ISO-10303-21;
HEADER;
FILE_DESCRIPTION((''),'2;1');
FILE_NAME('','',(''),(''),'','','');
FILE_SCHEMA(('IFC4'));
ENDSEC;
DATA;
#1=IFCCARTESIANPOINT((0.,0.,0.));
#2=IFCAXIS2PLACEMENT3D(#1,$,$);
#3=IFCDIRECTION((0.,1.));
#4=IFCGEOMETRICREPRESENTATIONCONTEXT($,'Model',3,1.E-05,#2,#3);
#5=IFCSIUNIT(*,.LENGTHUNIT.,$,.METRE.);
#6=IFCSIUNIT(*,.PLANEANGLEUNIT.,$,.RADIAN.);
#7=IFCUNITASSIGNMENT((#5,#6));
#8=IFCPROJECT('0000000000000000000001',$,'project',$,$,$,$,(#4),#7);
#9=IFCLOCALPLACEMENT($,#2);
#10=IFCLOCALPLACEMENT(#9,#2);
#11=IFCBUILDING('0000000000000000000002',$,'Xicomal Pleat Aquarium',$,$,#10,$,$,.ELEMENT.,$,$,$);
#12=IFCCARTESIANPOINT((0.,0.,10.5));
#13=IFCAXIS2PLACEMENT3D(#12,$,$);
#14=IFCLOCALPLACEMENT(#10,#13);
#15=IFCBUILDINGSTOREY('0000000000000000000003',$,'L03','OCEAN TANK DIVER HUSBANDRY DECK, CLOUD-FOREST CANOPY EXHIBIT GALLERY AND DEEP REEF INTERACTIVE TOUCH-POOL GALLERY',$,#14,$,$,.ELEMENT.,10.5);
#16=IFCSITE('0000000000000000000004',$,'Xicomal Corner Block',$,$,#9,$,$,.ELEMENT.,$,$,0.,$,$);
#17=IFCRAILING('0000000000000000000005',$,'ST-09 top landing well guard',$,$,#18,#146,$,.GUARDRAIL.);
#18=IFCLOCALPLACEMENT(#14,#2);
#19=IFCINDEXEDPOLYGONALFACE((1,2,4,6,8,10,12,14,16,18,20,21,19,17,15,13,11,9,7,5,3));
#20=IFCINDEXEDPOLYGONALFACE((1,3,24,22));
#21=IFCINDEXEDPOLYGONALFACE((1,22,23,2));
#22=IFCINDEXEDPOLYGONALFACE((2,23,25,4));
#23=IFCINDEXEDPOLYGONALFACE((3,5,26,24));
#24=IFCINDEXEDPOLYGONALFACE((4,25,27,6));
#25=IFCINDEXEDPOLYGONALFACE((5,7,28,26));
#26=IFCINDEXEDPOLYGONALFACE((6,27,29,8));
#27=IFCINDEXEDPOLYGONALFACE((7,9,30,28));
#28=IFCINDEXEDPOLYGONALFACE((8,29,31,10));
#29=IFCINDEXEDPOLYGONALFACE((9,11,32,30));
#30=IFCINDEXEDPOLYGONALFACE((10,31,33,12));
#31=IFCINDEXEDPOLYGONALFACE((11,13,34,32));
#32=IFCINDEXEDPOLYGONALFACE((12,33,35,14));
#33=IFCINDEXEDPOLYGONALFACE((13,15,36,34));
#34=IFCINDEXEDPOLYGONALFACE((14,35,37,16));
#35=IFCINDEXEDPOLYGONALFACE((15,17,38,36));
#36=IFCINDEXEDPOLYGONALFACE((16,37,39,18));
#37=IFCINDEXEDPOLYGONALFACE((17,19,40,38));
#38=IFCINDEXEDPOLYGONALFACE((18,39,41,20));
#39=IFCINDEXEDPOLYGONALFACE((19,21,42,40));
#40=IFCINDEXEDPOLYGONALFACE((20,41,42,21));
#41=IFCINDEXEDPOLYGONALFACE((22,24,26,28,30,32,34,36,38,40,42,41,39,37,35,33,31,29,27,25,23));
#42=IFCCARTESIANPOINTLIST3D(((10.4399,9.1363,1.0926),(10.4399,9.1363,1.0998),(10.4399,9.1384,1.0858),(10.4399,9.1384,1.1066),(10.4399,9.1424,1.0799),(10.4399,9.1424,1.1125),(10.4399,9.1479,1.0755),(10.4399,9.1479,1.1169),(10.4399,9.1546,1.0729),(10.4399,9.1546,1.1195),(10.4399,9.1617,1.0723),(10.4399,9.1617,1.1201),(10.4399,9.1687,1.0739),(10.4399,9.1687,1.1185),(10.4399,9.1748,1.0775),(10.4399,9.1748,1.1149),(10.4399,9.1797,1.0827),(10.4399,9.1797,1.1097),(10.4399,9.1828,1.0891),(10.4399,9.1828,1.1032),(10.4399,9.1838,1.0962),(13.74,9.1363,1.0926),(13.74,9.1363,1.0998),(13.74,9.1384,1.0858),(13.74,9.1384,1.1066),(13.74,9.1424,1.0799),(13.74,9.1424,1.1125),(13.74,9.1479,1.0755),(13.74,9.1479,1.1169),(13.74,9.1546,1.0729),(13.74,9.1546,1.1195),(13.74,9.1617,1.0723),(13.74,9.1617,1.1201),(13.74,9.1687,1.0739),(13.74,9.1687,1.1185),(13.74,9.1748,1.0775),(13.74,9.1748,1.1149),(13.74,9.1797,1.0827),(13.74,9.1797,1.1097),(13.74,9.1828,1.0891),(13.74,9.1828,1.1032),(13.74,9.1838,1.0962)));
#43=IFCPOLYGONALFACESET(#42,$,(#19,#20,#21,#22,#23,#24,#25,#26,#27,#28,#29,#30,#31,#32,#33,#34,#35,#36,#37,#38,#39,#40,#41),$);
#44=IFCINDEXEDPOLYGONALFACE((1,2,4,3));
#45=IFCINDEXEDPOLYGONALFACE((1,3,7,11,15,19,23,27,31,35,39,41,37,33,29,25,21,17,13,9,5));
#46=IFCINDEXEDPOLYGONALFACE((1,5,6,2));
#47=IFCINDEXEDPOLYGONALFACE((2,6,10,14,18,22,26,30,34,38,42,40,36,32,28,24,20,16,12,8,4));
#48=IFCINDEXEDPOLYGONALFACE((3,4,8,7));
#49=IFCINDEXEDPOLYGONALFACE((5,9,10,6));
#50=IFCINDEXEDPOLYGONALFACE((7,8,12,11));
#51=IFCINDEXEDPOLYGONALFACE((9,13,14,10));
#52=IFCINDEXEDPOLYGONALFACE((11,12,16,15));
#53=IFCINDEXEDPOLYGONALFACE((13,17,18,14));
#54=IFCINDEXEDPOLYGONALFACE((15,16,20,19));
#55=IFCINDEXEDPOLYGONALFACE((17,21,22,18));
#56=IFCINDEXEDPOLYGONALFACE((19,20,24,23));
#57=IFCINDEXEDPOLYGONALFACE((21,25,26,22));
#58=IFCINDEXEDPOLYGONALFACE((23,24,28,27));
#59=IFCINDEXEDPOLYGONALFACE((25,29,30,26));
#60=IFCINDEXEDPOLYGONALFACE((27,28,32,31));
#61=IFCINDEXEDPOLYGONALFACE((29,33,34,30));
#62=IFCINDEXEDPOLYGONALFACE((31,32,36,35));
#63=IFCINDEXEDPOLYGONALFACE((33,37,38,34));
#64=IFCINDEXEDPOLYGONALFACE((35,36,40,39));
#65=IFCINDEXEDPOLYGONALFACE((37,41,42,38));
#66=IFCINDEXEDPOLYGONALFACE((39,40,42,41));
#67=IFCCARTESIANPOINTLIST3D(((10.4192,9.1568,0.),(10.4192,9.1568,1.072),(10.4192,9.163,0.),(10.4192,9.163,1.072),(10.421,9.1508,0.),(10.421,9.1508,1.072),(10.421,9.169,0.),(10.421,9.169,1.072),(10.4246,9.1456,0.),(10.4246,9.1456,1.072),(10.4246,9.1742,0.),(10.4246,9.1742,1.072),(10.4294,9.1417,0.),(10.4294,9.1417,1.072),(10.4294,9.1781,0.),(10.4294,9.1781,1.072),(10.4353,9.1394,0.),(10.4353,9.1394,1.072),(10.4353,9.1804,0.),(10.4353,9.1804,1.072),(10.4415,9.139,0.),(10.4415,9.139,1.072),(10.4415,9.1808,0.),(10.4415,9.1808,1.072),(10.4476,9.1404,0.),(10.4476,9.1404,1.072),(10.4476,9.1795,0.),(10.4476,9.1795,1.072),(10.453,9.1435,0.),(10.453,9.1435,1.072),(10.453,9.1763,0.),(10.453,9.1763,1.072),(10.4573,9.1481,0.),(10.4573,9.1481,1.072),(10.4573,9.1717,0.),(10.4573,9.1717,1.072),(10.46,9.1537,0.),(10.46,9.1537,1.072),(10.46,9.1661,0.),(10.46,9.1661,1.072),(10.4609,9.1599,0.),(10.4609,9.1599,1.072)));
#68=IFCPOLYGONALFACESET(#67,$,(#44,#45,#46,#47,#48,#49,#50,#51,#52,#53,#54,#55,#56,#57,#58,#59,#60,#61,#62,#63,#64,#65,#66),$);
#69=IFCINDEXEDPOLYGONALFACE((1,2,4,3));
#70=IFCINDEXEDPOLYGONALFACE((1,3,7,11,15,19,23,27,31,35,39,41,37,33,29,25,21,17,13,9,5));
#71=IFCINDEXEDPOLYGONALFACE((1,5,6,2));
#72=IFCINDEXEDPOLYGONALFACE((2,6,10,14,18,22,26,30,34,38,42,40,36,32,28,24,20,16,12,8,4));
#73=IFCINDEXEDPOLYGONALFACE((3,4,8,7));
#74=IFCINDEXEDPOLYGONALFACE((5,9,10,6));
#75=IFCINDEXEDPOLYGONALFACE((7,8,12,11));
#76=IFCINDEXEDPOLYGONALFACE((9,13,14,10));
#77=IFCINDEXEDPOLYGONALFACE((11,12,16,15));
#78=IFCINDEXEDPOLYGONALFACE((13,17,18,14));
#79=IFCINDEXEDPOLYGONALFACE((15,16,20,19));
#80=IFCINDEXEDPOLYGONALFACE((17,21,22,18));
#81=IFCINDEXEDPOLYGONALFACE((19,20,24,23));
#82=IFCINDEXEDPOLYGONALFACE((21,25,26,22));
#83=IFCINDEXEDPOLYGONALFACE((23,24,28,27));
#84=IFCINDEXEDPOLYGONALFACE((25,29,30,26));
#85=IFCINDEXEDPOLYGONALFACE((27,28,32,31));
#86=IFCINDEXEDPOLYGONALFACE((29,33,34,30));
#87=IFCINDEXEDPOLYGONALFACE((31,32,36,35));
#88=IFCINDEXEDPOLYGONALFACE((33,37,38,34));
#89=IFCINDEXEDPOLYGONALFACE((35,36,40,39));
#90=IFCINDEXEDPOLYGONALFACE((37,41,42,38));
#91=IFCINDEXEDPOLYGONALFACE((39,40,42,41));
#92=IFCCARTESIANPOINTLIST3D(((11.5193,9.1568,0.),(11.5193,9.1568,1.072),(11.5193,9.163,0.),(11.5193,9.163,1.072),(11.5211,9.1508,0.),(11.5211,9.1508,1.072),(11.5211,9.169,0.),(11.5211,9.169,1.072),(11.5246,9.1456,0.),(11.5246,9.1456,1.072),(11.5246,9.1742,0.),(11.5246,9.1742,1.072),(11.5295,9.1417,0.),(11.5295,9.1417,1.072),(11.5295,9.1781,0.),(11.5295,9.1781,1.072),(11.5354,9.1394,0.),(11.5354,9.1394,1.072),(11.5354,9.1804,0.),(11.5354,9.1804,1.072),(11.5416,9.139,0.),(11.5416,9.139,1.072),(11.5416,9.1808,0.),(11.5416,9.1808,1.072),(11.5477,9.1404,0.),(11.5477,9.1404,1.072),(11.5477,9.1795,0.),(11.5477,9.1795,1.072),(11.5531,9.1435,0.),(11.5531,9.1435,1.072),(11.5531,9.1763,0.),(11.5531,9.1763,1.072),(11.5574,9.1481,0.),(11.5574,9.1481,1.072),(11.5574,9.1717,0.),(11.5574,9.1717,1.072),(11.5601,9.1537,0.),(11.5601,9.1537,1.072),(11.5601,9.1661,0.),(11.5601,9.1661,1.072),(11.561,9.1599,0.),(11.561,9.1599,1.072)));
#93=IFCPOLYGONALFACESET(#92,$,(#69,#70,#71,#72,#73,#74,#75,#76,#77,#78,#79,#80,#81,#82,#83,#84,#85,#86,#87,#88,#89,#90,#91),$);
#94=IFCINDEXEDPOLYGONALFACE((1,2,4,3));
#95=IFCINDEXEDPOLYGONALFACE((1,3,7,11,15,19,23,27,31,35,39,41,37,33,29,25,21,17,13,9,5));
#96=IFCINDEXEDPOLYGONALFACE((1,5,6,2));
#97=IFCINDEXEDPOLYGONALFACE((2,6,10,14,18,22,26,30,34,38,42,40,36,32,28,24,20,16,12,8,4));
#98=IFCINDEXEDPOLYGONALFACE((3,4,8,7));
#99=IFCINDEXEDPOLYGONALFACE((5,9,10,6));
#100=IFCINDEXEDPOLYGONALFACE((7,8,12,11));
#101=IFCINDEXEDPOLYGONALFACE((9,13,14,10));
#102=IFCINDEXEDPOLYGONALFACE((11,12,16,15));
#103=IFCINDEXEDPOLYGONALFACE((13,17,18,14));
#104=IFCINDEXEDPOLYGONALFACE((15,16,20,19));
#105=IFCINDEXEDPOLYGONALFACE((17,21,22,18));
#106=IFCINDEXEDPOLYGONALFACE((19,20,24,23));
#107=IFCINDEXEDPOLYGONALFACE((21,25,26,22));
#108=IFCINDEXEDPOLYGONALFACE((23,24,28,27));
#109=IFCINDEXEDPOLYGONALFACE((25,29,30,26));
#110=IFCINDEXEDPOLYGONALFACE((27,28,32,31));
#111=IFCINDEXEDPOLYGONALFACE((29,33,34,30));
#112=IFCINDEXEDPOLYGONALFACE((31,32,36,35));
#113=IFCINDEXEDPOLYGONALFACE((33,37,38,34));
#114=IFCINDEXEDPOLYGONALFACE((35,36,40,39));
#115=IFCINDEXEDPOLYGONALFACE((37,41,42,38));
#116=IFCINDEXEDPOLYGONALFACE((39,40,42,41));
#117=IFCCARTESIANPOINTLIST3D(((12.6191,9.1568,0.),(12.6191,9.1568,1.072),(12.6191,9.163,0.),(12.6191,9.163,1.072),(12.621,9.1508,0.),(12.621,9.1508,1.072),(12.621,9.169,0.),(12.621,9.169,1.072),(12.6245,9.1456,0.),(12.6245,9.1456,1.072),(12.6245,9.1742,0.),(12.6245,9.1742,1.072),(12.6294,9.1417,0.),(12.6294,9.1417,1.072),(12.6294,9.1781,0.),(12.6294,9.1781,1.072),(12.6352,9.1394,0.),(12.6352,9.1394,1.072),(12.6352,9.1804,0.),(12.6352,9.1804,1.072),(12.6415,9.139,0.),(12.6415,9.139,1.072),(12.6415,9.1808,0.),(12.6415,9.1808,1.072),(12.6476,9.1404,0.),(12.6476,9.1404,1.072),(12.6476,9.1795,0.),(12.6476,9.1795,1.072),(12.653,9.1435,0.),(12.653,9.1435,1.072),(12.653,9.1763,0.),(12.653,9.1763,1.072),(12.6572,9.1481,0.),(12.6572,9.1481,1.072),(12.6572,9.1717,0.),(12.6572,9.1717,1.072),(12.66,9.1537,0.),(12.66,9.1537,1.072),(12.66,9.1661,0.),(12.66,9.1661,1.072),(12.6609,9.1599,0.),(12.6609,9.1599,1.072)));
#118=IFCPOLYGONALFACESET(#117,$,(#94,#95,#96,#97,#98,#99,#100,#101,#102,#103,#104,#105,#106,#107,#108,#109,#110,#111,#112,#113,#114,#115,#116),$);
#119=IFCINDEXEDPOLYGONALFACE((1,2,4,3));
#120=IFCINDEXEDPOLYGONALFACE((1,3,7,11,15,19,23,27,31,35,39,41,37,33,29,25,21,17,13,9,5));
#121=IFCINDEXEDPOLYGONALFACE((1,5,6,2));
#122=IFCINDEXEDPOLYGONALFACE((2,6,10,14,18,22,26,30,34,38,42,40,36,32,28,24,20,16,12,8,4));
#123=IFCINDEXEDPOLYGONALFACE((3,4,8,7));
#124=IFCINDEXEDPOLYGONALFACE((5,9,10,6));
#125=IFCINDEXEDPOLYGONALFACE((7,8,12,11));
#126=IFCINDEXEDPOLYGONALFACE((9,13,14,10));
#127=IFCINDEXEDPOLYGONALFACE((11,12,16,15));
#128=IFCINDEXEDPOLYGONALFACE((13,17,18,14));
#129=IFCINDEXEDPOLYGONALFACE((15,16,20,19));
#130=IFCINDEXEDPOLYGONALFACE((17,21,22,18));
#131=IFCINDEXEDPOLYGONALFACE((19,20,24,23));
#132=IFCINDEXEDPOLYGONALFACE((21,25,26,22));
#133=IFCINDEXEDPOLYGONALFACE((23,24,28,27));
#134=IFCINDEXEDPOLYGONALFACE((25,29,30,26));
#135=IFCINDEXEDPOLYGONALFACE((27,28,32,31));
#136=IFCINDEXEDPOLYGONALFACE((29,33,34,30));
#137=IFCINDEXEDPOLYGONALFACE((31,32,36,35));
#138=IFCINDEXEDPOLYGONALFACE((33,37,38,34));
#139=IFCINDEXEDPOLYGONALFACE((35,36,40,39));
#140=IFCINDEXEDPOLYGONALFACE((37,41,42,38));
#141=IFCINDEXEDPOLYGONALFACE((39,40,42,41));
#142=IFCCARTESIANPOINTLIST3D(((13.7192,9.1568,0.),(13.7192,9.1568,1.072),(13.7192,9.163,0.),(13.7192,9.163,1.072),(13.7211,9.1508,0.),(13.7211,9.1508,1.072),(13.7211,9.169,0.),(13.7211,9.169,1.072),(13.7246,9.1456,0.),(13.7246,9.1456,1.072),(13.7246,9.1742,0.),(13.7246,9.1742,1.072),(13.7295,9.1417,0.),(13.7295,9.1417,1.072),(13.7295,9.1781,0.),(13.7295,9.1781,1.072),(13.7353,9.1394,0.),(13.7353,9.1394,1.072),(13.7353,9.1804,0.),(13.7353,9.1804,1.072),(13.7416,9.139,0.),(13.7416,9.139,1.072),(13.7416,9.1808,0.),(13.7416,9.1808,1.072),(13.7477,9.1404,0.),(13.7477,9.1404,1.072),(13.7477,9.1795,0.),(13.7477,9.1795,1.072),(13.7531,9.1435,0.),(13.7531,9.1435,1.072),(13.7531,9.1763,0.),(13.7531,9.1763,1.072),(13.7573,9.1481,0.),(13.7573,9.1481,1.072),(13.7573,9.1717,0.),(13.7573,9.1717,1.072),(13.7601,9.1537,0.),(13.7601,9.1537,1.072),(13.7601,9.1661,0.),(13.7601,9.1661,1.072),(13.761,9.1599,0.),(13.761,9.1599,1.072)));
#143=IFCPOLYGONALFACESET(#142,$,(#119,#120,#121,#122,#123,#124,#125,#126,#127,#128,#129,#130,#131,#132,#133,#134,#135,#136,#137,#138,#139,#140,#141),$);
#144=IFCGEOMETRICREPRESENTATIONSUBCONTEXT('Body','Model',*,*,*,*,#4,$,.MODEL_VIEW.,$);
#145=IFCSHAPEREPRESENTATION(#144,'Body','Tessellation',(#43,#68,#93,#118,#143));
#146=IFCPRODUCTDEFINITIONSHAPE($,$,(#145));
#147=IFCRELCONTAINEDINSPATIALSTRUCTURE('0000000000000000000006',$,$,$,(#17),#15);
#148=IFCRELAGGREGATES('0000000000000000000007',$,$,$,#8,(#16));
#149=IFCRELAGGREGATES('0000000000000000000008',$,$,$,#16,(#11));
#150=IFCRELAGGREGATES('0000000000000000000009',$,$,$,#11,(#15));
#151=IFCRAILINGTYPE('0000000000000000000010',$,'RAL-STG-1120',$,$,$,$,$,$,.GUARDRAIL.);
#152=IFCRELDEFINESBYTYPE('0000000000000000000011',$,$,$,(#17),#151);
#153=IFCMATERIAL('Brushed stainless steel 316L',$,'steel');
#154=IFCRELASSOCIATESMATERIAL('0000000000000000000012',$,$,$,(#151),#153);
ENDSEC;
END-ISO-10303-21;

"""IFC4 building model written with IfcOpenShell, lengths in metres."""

from ifc_helpers import new_model, si_unit, direction, frame, origin, origin_2d, place, context, subcontext, project, spatial, circle, extrude, material, type_object, element, save


model = new_model("IFC4")

# Units and contexts
model_context = context("Model", 3, precision=1e-05, world=origin(), true_north=direction((0.0, 1.0)))
body_context = subcontext(model_context, "Body", "Model", "MODEL_VIEW")
ifc_project = project(units=[si_unit("LENGTHUNIT", "METRE"), si_unit("PLANEANGLEUNIT", "RADIAN")], contexts=[model_context])

# Site, building, storey
site_placement = place(None, origin())
site = spatial("IfcSite", under=ifc_project, at=site_placement, Name="Xicomal Corner Block", CompositionType="ELEMENT", RefElevation=0.0)
building_placement = place(site_placement, origin())
building = spatial("IfcBuilding", under=site, at=building_placement, Name="Xicomal Pleat Aquarium", CompositionType="ELEMENT")
storey_placement = place(building_placement, frame((0.0, 0.0, 10.5)))
storey = spatial("IfcBuildingStorey", under=building, at=storey_placement, Name="L03", Description="OCEAN TANK DIVER HUSBANDRY DECK, CLOUD-FOREST CANOPY EXHIBIT GALLERY AND DEEP REEF INTERACTIVE TOUCH-POOL GALLERY", CompositionType="ELEMENT", Elevation=10.5)

# Railing
ifc_material_1 = material(Name="Brushed stainless steel 316L", Category="steel")
railing_type = type_object("IfcRailingType", Name="RAL-STG-1120", PredefinedType="GUARDRAIL", material=ifc_material_1)
for number, where, name in (
    (1, (10.4399, 9.1599, 0.0), "ST-09 top landing well guard"),
):
    element("IfcRailing", number, at=place(storey_placement, frame(where)), inside=storey, type_object=railing_type, Name=name, PredefinedType="GUARDRAIL", context=body_context, shape_type="SweptSolid", body=[
        extrude(circle(Radius=0.0239, at=origin_2d()), frame((0.0, 0.0, 1.0962), z_axis=(1.0, 0.0, 0.0), x_axis=(0.0, 1.0, 0.0)), (0.0, 0.0, 1.0), 3.3),
        extrude(circle(Radius=0.021, at=origin_2d()), origin(), (0.0, 0.0, 1.0), 1.072),
        extrude(circle(Radius=0.021, at=origin_2d()), frame((1.1001, 0.0, 0.0)), (0.0, 0.0, 1.0), 1.072),
        extrude(circle(Radius=0.021, at=origin_2d()), frame((2.2, 0.0, 0.0)), (0.0, 0.0, 1.0), 1.072),
        extrude(circle(Radius=0.021, at=origin_2d()), frame((3.3, 0.0, 0.0)), (0.0, 0.0, 1.0), 1.072),
    ])

save(model, "model.ifc")
